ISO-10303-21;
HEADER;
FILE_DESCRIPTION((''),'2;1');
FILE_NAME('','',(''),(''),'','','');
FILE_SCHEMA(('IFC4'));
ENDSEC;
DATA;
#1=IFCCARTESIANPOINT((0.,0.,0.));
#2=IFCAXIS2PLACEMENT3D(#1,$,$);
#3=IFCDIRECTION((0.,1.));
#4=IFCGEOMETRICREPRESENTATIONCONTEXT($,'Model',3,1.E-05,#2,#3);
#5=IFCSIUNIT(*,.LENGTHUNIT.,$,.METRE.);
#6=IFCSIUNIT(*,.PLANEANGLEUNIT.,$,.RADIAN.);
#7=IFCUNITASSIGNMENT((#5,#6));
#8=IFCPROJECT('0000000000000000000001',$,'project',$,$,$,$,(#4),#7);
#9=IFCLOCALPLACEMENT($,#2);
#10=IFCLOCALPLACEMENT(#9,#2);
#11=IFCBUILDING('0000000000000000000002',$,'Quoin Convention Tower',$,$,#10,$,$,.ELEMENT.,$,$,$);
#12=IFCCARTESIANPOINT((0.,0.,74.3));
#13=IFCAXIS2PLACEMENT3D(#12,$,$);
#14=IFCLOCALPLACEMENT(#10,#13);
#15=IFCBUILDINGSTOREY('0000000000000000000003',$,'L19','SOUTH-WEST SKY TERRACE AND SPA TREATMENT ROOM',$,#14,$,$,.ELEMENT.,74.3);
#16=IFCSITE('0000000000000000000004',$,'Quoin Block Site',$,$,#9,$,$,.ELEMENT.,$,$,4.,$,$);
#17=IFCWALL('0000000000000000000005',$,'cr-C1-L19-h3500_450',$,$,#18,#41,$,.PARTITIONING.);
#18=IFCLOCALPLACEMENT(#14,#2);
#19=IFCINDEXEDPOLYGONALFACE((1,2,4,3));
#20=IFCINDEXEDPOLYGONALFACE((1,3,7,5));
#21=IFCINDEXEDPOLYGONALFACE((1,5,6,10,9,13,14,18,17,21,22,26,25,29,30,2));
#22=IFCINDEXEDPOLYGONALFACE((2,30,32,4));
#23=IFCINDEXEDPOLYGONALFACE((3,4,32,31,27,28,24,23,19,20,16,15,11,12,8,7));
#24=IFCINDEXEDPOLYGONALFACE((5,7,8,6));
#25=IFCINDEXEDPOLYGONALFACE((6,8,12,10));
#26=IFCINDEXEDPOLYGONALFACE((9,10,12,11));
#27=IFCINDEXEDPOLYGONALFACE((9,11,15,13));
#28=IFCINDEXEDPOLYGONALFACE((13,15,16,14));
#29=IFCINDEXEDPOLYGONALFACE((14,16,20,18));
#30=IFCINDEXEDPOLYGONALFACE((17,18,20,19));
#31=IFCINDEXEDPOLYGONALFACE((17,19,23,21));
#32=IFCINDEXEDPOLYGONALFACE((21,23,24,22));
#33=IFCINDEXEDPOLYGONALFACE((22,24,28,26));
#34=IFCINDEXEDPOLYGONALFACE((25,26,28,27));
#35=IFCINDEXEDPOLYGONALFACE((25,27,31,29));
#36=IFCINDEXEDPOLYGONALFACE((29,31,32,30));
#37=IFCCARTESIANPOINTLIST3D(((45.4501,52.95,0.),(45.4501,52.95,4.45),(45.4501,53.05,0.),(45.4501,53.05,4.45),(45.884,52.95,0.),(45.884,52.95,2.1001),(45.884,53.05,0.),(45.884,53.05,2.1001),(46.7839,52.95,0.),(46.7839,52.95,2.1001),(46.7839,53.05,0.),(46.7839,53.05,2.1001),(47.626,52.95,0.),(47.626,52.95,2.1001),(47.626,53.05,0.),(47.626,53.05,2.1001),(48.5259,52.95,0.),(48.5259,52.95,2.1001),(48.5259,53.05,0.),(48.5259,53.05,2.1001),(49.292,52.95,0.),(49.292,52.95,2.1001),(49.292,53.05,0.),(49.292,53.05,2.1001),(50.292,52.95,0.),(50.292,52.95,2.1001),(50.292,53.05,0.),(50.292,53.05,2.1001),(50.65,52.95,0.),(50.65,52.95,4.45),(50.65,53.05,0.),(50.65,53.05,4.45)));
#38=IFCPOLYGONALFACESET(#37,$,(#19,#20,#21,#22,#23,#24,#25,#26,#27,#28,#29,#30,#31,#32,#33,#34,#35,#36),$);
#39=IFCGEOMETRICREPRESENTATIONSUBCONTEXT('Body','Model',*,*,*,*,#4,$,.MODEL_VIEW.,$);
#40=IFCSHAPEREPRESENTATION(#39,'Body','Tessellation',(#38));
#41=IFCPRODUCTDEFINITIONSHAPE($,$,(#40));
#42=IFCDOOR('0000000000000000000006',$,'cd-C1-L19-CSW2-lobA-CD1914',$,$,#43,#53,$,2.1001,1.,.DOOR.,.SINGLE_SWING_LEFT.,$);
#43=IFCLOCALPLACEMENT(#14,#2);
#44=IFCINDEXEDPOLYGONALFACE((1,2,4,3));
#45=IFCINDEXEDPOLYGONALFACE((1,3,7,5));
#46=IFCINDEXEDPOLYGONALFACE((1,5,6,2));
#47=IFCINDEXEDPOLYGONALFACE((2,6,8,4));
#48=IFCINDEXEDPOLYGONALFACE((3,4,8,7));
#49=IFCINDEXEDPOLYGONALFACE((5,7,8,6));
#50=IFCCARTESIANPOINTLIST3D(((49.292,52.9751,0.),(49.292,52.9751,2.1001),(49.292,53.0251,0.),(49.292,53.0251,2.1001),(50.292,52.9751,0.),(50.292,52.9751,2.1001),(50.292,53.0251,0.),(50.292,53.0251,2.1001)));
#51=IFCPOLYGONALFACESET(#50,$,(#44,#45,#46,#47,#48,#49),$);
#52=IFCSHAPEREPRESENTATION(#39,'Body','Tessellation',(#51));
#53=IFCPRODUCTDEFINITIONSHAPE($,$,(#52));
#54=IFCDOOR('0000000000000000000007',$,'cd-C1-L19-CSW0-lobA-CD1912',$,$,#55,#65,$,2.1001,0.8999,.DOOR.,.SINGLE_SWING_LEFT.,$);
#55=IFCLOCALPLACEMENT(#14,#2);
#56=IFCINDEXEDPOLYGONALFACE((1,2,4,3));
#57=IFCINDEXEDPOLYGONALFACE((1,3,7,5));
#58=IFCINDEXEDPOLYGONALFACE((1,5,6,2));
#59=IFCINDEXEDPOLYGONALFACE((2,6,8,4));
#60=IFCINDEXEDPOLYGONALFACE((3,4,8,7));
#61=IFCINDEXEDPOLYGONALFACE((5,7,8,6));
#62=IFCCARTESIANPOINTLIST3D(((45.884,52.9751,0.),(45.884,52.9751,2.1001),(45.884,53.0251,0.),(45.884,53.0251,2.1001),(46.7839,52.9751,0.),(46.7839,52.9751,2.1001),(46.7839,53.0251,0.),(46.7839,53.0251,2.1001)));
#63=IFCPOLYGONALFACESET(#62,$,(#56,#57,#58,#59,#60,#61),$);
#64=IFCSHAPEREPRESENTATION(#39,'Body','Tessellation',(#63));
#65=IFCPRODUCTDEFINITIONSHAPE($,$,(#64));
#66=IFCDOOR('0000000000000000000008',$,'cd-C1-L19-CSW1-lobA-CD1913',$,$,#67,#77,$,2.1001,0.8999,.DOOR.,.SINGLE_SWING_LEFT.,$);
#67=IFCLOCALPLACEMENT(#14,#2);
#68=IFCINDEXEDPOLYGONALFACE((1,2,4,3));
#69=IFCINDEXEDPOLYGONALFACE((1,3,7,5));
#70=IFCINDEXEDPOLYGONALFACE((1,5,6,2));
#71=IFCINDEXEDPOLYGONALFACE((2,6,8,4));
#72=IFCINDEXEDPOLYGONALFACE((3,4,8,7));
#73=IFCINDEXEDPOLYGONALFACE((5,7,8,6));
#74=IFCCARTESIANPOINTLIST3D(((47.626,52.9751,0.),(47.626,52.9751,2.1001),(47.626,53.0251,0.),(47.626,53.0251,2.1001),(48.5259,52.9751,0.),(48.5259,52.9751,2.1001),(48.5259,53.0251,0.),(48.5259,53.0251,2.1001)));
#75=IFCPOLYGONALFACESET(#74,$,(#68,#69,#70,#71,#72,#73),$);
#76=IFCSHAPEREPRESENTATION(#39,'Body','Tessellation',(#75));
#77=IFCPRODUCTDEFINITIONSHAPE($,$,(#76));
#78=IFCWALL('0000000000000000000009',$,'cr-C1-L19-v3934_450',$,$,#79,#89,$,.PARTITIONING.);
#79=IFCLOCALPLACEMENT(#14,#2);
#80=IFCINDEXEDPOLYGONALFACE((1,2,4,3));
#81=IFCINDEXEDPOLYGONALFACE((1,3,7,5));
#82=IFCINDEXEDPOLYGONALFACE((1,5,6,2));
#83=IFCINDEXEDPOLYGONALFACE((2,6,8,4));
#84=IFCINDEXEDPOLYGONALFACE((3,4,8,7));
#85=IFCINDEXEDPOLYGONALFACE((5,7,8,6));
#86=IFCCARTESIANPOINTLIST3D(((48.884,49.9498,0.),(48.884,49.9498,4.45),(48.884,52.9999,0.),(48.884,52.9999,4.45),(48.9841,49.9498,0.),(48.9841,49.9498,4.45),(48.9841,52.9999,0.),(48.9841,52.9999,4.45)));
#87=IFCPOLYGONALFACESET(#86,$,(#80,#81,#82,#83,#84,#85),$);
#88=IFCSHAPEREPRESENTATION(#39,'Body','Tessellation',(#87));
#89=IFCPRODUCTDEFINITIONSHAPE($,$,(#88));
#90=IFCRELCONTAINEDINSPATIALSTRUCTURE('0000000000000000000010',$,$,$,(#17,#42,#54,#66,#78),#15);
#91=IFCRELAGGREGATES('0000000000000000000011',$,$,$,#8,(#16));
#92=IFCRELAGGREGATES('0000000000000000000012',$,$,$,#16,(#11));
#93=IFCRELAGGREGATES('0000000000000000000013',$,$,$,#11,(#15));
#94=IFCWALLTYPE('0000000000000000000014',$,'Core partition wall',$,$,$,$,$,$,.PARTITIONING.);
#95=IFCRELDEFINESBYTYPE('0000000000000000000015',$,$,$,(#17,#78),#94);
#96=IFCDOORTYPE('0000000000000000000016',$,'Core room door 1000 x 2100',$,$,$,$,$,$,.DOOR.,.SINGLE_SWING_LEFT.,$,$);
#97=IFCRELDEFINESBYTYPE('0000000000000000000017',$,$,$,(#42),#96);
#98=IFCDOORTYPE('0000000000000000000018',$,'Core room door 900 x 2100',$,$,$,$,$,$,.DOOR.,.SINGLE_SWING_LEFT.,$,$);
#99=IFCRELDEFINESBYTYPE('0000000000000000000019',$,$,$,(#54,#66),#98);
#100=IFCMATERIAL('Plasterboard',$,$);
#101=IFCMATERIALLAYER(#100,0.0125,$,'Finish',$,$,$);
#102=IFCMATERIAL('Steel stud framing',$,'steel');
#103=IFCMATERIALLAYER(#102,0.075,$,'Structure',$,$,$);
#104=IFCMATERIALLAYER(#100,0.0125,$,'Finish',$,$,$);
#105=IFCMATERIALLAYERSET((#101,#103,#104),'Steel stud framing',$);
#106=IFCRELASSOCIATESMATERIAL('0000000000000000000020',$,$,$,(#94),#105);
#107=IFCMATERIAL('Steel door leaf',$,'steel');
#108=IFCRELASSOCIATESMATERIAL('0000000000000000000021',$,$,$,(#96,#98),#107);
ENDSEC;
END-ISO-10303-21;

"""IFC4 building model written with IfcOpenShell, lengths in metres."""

from ifc_helpers import new_model, si_unit, direction, frame, frame_2d, origin, place, context, subcontext, project, spatial, rectangle, extrude, material, layer, layer_set, type_object, element, fill, save


model = new_model("IFC4")

# Units and contexts
model_context = context("Model", 3, precision=1e-05, world=origin(), true_north=direction((0.0, 1.0)))
body_context = subcontext(model_context, "Body", "Model", "MODEL_VIEW")
ifc_project = project(units=[si_unit("LENGTHUNIT", "METRE"), si_unit("PLANEANGLEUNIT", "RADIAN")], contexts=[model_context])

# Site, building, storey
site_placement = place(None, origin())
site = spatial("IfcSite", under=ifc_project, at=site_placement, Name="Quoin Block Site", CompositionType="ELEMENT", RefElevation=4.0)
building_placement = place(site_placement, origin())
building = spatial("IfcBuilding", under=site, at=building_placement, Name="Quoin Convention Tower", CompositionType="ELEMENT")
storey_placement = place(building_placement, frame((0.0, 0.0, 74.3)))
storey = spatial("IfcBuildingStorey", under=building, at=storey_placement, Name="L19", Description="SOUTH-WEST SKY TERRACE AND SPA TREATMENT ROOM", CompositionType="ELEMENT", Elevation=74.3)

# Wall, openings, doors
ifc_material_1 = material(Name="Plasterboard")
ifc_layer_1 = layer(ifc_material_1, 0.0125, Name="Finish")
ifc_material_2 = material(Name="Steel stud framing", Category="steel")
ifc_layer_2 = layer(ifc_material_2, 0.075, Name="Structure")
ifc_layer_3 = layer(ifc_material_1, 0.0125, Name="Finish")
ifc_layer_set_1 = layer_set([ifc_layer_1, ifc_layer_2, ifc_layer_3], Name="Steel stud framing")
wall_type_1 = type_object("IfcWallType", Name="Core partition wall", PredefinedType="PARTITIONING", material=ifc_layer_set_1)
wall_1_placement = place(storey_placement, frame((45.45, 53.0, 0.0), z_axis=(0.0, 0.0, 1.0), x_axis=(1.0, 0.0, 0.0)))
wall_1 = element("IfcWall", 1, at=wall_1_placement, inside=storey, type_object=wall_type_1, Name="cr-C1-L19-h3500_450", PredefinedType="PARTITIONING", context=body_context, shape_type="SweptSolid", body=[
    extrude(rectangle(XDim=5.2, YDim=0.1001, at=frame_2d((2.6001, 0.0))), origin(), (0.0, 0.0, 1.0), 4.45),
])
opening_1_placement = place(wall_1_placement, frame((0.4341, 0.0, 0.0)))
opening_1 = element("IfcOpeningElement", 2, at=opening_1_placement, cuts=wall_1, PredefinedType="OPENING", context=body_context, shape_type="SweptSolid", body=[
    extrude(rectangle(XDim=0.8999, YDim=2.1001, at=frame_2d((0.45, 1.05))), frame((0.0, 0.0601, 0.0), z_axis=(0.0, -1.0, 0.0), x_axis=(1.0, 0.0, 0.0)), (0.0, 0.0, 1.0), 0.1201),
])
opening_2_placement = place(wall_1_placement, frame((2.176, 0.0, 0.0)))
opening_2 = element("IfcOpeningElement", 3, at=opening_2_placement, cuts=wall_1, PredefinedType="OPENING", context=body_context, shape_type="SweptSolid", body=[
    extrude(rectangle(XDim=0.8999, YDim=2.1001, at=frame_2d((0.45, 1.05))), frame((0.0, 0.0601, 0.0), z_axis=(0.0, -1.0, 0.0), x_axis=(1.0, 0.0, 0.0)), (0.0, 0.0, 1.0), 0.1201),
])
opening_3_placement = place(wall_1_placement, frame((3.842, 0.0, 0.0)))
opening_3 = element("IfcOpeningElement", 4, at=opening_3_placement, cuts=wall_1, PredefinedType="OPENING", context=body_context, shape_type="SweptSolid", body=[
    extrude(rectangle(XDim=1.0, YDim=2.1001, at=frame_2d((0.5, 1.05))), frame((0.0, 0.0601, 0.0), z_axis=(0.0, -1.0, 0.0), x_axis=(1.0, 0.0, 0.0)), (0.0, 0.0, 1.0), 0.1201),
])
ifc_material_3 = material(Name="Steel door leaf", Category="steel")
door_type_1 = type_object("IfcDoorType", Name="Core room door 1000 x 2100", OperationType="SINGLE_SWING_LEFT", PredefinedType="DOOR", material=ifc_material_3)
door_1_placement = place(opening_3_placement, frame((1.0, 0.0, 0.0), z_axis=(0.0, 0.0, 1.0), x_axis=(-1.0, 0.0, 0.0)))
door_1 = element("IfcDoor", 5, at=door_1_placement, inside=storey, type_object=door_type_1, Name="cd-C1-L19-CSW2-lobA-CD1914", OperationType="SINGLE_SWING_LEFT", OverallHeight=2.1001, OverallWidth=1.0, PredefinedType="DOOR", context=body_context, shape_type="SweptSolid", body=[
    extrude(rectangle(XDim=1.0, YDim=2.1001, at=frame_2d((0.5, 1.05))), frame((0.0, 0.0249, 0.0), z_axis=(0.0, -1.0, 0.0), x_axis=(1.0, 0.0, 0.0)), (0.0, 0.0, 1.0), 0.05),
])
fill(opening_3, door_1)
door_type_2 = type_object("IfcDoorType", Name="Core room door 900 x 2100", OperationType="SINGLE_SWING_LEFT", PredefinedType="DOOR", material=ifc_material_3)
door_2_placement = place(opening_1_placement, frame((0.8999, 0.0, 0.0), z_axis=(0.0, 0.0, 1.0), x_axis=(-1.0, 0.0, 0.0)))
door_2 = element("IfcDoor", 6, at=door_2_placement, inside=storey, type_object=door_type_2, Name="cd-C1-L19-CSW0-lobA-CD1912", OperationType="SINGLE_SWING_LEFT", OverallHeight=2.1001, OverallWidth=0.8999, PredefinedType="DOOR", context=body_context, shape_type="SweptSolid", body=[
    extrude(rectangle(XDim=0.8999, YDim=2.1001, at=frame_2d((0.45, 1.05))), frame((0.0, 0.0249, 0.0), z_axis=(0.0, -1.0, 0.0), x_axis=(1.0, 0.0, 0.0)), (0.0, 0.0, 1.0), 0.05),
])
fill(opening_1, door_2)
door_3_placement = place(opening_2_placement, frame((0.8999, 0.0, 0.0), z_axis=(0.0, 0.0, 1.0), x_axis=(-1.0, 0.0, 0.0)))
door_3 = element("IfcDoor", 7, at=door_3_placement, inside=storey, type_object=door_type_2, Name="cd-C1-L19-CSW1-lobA-CD1913", OperationType="SINGLE_SWING_LEFT", OverallHeight=2.1001, OverallWidth=0.8999, PredefinedType="DOOR", context=body_context, shape_type="SweptSolid", body=[
    extrude(rectangle(XDim=0.8999, YDim=2.1001, at=frame_2d((0.45, 1.05))), frame((0.0, 0.0249, 0.0), z_axis=(0.0, -1.0, 0.0), x_axis=(1.0, 0.0, 0.0)), (0.0, 0.0, 1.0), 0.05),
])
fill(opening_2, door_3)

# Wall
wall_2_placement = place(storey_placement, frame((48.9341, 49.95, 0.0), z_axis=(0.0, 0.0, 1.0), x_axis=(0.0, 1.0, 0.0)))
element("IfcWall", 8, at=wall_2_placement, inside=storey, type_object=wall_type_1, Name="cr-C1-L19-v3934_450", PredefinedType="PARTITIONING", context=body_context, shape_type="SweptSolid", body=[
    extrude(rectangle(XDim=3.05, YDim=0.1001, at=frame_2d((1.5249, 0.0))), origin(), (0.0, 0.0, 1.0), 4.45),
])

save(model, "model.ifc")
